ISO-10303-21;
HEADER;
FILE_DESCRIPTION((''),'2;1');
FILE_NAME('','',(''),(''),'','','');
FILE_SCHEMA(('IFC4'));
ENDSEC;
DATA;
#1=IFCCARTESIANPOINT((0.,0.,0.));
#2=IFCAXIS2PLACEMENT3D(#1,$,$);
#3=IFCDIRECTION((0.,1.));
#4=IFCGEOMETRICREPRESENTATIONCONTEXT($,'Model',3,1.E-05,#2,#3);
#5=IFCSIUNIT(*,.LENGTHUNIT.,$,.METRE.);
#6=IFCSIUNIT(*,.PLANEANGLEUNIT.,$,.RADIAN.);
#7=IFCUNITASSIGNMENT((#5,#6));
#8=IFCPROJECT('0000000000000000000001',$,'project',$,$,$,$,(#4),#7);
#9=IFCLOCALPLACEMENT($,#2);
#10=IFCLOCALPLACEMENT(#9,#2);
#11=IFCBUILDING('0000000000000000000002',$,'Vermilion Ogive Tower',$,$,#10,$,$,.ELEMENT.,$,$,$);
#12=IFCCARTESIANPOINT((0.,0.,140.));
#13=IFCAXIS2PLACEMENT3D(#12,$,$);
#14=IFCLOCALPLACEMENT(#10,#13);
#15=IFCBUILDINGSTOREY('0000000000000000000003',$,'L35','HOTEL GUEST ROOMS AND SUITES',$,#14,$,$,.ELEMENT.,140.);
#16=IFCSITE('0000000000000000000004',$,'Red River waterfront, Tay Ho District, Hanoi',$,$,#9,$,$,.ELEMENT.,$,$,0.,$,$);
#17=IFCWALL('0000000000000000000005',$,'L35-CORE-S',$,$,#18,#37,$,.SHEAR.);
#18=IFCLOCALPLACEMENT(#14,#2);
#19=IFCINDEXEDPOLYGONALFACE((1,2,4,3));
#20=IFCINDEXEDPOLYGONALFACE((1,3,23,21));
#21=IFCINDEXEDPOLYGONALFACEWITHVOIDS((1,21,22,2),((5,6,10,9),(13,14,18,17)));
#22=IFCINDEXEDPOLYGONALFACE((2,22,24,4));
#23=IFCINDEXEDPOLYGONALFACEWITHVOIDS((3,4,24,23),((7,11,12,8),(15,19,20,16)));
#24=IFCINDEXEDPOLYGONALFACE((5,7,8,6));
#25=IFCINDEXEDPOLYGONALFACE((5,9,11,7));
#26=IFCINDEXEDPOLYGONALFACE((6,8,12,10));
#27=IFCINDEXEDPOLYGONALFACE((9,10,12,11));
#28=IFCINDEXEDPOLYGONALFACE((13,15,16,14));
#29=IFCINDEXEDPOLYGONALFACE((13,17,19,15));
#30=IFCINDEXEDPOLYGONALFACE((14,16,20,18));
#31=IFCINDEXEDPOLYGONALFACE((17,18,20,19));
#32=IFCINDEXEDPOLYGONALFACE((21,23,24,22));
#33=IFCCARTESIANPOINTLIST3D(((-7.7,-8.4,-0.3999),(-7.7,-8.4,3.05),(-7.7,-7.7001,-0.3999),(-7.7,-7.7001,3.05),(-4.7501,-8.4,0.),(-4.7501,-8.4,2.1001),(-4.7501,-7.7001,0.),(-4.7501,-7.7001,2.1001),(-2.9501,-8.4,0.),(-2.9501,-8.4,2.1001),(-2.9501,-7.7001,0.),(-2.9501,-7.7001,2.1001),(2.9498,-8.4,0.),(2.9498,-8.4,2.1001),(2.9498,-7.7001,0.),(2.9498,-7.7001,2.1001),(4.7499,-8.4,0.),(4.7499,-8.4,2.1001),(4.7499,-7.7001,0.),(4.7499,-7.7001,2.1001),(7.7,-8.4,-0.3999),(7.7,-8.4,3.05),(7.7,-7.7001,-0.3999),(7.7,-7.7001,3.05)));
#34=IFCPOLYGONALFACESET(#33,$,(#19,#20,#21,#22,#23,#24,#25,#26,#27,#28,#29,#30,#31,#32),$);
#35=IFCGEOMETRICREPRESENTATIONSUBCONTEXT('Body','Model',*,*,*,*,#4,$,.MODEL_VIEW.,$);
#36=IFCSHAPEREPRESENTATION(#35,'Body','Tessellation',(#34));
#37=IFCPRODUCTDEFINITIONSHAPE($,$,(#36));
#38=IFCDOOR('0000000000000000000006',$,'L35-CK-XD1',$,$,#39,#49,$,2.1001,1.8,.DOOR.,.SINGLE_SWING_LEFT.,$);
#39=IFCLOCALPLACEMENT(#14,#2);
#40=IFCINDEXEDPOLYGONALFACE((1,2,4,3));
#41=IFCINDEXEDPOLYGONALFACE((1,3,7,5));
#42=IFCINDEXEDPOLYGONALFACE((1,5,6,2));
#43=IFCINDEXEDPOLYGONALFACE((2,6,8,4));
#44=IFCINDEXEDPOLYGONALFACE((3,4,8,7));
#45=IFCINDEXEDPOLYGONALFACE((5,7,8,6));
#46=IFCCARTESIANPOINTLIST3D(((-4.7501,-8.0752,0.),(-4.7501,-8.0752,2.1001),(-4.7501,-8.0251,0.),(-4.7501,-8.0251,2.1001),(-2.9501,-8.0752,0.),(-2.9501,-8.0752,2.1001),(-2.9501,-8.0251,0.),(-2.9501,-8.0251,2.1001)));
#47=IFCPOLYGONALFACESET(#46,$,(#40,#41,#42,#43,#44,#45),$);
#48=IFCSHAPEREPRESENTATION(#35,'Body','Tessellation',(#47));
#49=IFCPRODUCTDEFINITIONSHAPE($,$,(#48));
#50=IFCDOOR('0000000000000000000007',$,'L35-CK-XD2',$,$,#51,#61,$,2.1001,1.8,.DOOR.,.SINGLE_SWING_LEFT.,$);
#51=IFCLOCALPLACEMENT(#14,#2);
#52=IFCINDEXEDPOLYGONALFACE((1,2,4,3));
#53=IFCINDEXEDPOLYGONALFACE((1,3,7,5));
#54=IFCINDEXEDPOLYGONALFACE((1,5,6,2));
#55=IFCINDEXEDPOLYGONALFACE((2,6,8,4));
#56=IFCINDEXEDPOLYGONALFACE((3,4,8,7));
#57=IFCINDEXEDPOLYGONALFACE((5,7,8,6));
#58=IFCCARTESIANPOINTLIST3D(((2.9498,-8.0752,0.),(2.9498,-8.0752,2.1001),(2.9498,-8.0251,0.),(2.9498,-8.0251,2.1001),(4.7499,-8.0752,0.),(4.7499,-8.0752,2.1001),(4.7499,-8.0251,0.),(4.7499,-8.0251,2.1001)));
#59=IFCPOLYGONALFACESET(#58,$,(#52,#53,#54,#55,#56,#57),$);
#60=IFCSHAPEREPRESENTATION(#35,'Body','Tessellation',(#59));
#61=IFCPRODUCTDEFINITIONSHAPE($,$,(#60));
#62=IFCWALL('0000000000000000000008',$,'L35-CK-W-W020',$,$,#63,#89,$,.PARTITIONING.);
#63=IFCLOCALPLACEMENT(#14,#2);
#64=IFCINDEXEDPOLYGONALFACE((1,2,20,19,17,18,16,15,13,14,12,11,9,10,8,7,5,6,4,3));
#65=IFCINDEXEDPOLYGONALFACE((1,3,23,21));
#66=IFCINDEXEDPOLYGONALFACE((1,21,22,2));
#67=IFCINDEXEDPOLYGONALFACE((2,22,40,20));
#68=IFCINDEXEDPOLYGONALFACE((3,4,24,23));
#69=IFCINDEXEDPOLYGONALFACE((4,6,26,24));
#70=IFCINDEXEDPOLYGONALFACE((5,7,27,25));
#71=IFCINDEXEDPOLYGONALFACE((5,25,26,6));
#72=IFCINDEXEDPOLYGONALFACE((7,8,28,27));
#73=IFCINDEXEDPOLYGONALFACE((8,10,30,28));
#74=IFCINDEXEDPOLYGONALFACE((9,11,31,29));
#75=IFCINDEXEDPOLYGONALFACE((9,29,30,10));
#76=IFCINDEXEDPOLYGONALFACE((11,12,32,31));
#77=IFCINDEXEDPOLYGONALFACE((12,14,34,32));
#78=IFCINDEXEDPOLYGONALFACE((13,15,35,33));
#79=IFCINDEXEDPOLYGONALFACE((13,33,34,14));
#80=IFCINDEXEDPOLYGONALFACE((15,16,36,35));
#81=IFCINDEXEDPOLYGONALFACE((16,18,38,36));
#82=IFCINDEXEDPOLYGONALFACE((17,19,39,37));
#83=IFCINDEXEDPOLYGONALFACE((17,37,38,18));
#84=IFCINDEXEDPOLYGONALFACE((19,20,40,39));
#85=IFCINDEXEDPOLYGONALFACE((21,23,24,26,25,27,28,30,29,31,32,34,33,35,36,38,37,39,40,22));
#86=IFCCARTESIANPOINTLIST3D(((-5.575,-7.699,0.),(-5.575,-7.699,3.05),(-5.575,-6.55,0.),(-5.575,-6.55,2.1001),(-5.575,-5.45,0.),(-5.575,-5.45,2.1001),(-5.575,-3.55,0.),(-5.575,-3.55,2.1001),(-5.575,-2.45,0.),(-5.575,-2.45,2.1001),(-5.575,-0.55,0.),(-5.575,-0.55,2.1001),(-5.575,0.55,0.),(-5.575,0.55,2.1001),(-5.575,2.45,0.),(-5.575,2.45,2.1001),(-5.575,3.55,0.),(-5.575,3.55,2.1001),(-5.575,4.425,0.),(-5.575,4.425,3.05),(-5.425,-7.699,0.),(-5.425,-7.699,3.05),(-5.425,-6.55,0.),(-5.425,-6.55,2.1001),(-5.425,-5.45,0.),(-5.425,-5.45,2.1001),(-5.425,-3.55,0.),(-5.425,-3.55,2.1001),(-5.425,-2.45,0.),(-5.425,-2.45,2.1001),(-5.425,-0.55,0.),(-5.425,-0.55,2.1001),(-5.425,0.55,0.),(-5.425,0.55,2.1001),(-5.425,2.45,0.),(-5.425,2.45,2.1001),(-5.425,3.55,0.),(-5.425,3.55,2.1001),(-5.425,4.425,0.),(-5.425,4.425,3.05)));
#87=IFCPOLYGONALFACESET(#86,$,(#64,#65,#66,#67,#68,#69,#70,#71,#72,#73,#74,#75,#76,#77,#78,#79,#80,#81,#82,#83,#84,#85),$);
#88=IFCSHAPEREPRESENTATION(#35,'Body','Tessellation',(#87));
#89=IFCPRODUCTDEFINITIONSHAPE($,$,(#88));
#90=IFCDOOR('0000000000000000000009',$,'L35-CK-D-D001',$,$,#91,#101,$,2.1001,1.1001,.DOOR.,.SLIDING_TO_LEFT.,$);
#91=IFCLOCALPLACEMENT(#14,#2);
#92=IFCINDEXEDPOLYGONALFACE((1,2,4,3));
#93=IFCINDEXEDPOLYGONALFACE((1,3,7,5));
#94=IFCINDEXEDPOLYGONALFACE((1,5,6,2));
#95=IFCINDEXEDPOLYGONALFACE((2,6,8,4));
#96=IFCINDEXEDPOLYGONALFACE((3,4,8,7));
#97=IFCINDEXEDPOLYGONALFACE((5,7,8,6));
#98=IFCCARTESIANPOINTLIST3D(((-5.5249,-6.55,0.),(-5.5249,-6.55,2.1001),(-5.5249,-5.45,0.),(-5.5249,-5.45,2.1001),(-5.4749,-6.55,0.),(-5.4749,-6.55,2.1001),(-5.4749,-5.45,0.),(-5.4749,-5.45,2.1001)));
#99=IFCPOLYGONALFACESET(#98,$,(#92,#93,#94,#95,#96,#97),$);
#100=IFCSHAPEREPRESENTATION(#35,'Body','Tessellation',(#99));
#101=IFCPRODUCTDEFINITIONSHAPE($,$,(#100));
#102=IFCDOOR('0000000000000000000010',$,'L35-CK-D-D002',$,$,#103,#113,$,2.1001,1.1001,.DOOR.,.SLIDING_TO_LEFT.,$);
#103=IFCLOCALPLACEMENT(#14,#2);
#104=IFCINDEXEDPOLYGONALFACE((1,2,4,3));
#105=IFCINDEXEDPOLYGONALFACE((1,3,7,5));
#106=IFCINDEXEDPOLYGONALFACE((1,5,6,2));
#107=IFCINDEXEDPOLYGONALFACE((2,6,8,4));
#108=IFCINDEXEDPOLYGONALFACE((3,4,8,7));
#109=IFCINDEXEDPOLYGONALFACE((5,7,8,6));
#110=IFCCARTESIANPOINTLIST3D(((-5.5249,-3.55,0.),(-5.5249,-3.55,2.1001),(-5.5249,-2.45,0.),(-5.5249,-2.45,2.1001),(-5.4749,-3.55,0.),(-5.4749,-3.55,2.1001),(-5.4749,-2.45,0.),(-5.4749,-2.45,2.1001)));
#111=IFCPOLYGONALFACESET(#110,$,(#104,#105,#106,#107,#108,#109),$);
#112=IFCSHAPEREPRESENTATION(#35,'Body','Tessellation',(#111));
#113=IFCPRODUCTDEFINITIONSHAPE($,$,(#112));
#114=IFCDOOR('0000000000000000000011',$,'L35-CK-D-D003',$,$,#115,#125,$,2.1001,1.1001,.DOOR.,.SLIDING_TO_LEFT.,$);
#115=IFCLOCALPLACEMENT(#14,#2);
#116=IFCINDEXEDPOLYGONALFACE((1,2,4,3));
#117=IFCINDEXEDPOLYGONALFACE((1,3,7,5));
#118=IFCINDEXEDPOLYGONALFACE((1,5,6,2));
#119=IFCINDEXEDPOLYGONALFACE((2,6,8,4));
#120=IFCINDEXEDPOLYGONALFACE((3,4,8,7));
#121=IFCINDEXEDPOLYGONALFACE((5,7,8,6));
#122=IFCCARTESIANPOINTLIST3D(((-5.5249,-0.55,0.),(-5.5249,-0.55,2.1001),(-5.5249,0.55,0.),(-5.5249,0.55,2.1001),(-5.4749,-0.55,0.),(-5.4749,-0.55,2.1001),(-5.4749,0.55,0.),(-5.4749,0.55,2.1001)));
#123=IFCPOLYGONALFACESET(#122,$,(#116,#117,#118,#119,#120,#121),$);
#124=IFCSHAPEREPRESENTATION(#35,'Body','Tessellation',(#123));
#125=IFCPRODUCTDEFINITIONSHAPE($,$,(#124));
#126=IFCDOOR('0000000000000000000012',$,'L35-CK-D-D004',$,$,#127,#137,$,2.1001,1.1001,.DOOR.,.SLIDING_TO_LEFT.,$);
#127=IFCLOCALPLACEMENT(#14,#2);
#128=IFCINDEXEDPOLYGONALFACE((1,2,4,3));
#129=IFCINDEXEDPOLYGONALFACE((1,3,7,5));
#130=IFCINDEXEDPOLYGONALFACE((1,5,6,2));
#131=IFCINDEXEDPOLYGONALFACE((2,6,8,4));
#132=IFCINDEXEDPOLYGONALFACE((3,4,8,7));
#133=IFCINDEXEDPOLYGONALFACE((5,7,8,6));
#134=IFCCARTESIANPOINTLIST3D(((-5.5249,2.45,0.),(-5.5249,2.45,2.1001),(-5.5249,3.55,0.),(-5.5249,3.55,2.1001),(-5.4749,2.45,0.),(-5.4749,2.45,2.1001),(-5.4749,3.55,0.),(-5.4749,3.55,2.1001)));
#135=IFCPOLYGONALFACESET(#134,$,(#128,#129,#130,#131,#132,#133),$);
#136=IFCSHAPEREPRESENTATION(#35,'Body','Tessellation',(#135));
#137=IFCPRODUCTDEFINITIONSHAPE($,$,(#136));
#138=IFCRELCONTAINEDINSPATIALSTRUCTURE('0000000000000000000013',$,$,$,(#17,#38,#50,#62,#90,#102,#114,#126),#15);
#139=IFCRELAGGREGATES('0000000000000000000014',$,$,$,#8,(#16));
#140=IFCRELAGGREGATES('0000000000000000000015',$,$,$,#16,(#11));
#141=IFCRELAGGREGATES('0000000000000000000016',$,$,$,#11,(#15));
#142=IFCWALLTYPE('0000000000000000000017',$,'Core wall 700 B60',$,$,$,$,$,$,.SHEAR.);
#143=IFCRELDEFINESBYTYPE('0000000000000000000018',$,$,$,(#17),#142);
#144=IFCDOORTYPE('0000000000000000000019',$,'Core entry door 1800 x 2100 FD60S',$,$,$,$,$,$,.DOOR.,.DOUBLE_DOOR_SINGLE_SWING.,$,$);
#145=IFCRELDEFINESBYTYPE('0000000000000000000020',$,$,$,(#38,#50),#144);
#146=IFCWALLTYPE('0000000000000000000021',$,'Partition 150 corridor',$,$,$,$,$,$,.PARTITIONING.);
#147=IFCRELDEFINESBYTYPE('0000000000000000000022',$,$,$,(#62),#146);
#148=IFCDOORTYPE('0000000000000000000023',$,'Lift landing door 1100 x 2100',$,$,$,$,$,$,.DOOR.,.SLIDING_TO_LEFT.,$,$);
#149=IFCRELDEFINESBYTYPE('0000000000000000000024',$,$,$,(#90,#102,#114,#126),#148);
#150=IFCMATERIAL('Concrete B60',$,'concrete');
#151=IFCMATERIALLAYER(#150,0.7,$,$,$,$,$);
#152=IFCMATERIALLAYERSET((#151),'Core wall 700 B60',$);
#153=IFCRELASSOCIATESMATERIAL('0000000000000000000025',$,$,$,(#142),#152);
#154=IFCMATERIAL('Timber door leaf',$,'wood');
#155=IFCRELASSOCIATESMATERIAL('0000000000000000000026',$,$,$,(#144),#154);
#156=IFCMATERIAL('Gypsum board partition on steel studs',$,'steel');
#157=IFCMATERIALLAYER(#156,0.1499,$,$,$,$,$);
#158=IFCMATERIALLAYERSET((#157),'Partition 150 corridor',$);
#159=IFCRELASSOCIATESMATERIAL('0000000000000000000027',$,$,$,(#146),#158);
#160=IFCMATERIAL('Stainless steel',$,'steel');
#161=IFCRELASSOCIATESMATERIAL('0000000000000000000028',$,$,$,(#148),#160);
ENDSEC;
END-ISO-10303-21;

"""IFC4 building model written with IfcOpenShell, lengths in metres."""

from ifc_helpers import new_model, si_unit, direction, frame, frame_2d, origin, place, context, subcontext, project, spatial, rectangle, extrude, material, layer, layer_set, type_object, element, fill, save


model = new_model("IFC4")

# Units and contexts
model_context = context("Model", 3, precision=1e-05, world=origin(), true_north=direction((0.0, 1.0)))
body_context = subcontext(model_context, "Body", "Model", "MODEL_VIEW")
ifc_project = project(units=[si_unit("LENGTHUNIT", "METRE"), si_unit("PLANEANGLEUNIT", "RADIAN")], contexts=[model_context])

# Site, building, storey
site_placement = place(None, origin())
site = spatial("IfcSite", under=ifc_project, at=site_placement, Name="Red River waterfront, Tay Ho District, Hanoi", CompositionType="ELEMENT", RefElevation=0.0)
building_placement = place(site_placement, origin())
building = spatial("IfcBuilding", under=site, at=building_placement, Name="Vermilion Ogive Tower", CompositionType="ELEMENT")
storey_placement = place(building_placement, frame((0.0, 0.0, 140.0)))
storey = spatial("IfcBuildingStorey", under=building, at=storey_placement, Name="L35", Description="HOTEL GUEST ROOMS AND SUITES", CompositionType="ELEMENT", Elevation=140.0)

# Walls, openings, doors
ifc_material_1 = material(Name="Concrete B60", Category="concrete")
ifc_layer_1 = layer(ifc_material_1, 0.7)
ifc_layer_set_1 = layer_set([ifc_layer_1], Name="Core wall 700 B60")
wall_type_1 = type_object("IfcWallType", Name="Core wall 700 B60", PredefinedType="SHEAR", material=ifc_layer_set_1)
wall_1_placement = place(storey_placement, frame((-7.7, -8.05, -0.3999), z_axis=(0.0, 0.0, 1.0), x_axis=(1.0, 0.0, 0.0)))
wall_1 = element("IfcWall", 1, at=wall_1_placement, inside=storey, type_object=wall_type_1, Name="L35-CORE-S", PredefinedType="SHEAR", context=body_context, shape_type="SweptSolid", body=[
    extrude(rectangle(XDim=15.3999, YDim=0.7, at=frame_2d((7.7, 0.0))), origin(), (0.0, 0.0, 1.0), 3.45),
])
opening_1_placement = place(wall_1_placement, frame((2.95, 0.0, 0.3999)))
opening_1 = element("IfcOpeningElement", 2, at=opening_1_placement, cuts=wall_1, PredefinedType="OPENING", context=body_context, shape_type="SweptSolid", body=[
    extrude(rectangle(XDim=1.8, YDim=2.1001, at=frame_2d((0.8999, 1.05))), frame((0.0, 0.3599, 0.0), z_axis=(0.0, -1.0, 0.0), x_axis=(1.0, 0.0, 0.0)), (0.0, 0.0, 1.0), 0.72),
])
opening_2_placement = place(wall_1_placement, frame((10.6499, 0.0, 0.3999)))
opening_2 = element("IfcOpeningElement", 3, at=opening_2_placement, cuts=wall_1, PredefinedType="OPENING", context=body_context, shape_type="SweptSolid", body=[
    extrude(rectangle(XDim=1.8, YDim=2.1001, at=frame_2d((0.8999, 1.05))), frame((0.0, 0.3599, 0.0), z_axis=(0.0, -1.0, 0.0), x_axis=(1.0, 0.0, 0.0)), (0.0, 0.0, 1.0), 0.72),
])
ifc_material_2 = material(Name="Timber door leaf", Category="wood")
door_type_1 = type_object("IfcDoorType", Name="Core entry door 1800 x 2100 FD60S", OperationType="DOUBLE_DOOR_SINGLE_SWING", PredefinedType="DOOR", material=ifc_material_2)
door_1_placement = place(opening_1_placement, origin())
door_1 = element("IfcDoor", 4, at=door_1_placement, inside=storey, type_object=door_type_1, Name="L35-CK-XD1", OperationType="SINGLE_SWING_LEFT", OverallHeight=2.1001, OverallWidth=1.8, PredefinedType="DOOR", context=body_context, shape_type="SweptSolid", body=[
    extrude(rectangle(XDim=1.8, YDim=2.1001, at=frame_2d((0.8999, 1.05))), frame((0.0, 0.0249, 0.0), z_axis=(0.0, -1.0, 0.0), x_axis=(1.0, 0.0, 0.0)), (0.0, 0.0, 1.0), 0.05),
])
fill(opening_1, door_1)
door_2_placement = place(opening_2_placement, origin())
door_2 = element("IfcDoor", 5, at=door_2_placement, inside=storey, type_object=door_type_1, Name="L35-CK-XD2", OperationType="SINGLE_SWING_LEFT", OverallHeight=2.1001, OverallWidth=1.8, PredefinedType="DOOR", context=body_context, shape_type="SweptSolid", body=[
    extrude(rectangle(XDim=1.8, YDim=2.1001, at=frame_2d((0.8999, 1.05))), frame((0.0, 0.0249, 0.0), z_axis=(0.0, -1.0, 0.0), x_axis=(1.0, 0.0, 0.0)), (0.0, 0.0, 1.0), 0.05),
])
fill(opening_2, door_2)
ifc_material_3 = material(Name="Gypsum board partition on steel studs", Category="steel")
ifc_layer_2 = layer(ifc_material_3, 0.1499)
ifc_layer_set_2 = layer_set([ifc_layer_2], Name="Partition 150 corridor")
wall_type_2 = type_object("IfcWallType", Name="Partition 150 corridor", PredefinedType="PARTITIONING", material=ifc_layer_set_2)
wall_2_placement = place(storey_placement, frame((-5.5, -7.699, 0.0), z_axis=(0.0, 0.0, 1.0), x_axis=(0.0, 1.0, 0.0)))
wall_2 = element("IfcWall", 6, at=wall_2_placement, inside=storey, type_object=wall_type_2, Name="L35-CK-W-W020", PredefinedType="PARTITIONING", context=body_context, shape_type="SweptSolid", body=[
    extrude(rectangle(XDim=12.124, YDim=0.1499, at=frame_2d((6.062, 0.0))), origin(), (0.0, 0.0, 1.0), 3.05),
])
opening_3_placement = place(wall_2_placement, frame((1.1489, 0.0, 0.0)))
opening_3 = element("IfcOpeningElement", 7, at=opening_3_placement, cuts=wall_2, PredefinedType="OPENING", context=body_context, shape_type="SweptSolid", body=[
    extrude(rectangle(XDim=1.1001, YDim=2.1001, at=frame_2d((0.55, 1.05))), frame((0.0, 0.085, 0.0), z_axis=(0.0, -1.0, 0.0), x_axis=(1.0, 0.0, 0.0)), (0.0, 0.0, 1.0), 0.1699),
])
opening_4_placement = place(wall_2_placement, frame((4.1489, 0.0, 0.0)))
opening_4 = element("IfcOpeningElement", 8, at=opening_4_placement, cuts=wall_2, PredefinedType="OPENING", context=body_context, shape_type="SweptSolid", body=[
    extrude(rectangle(XDim=1.1001, YDim=2.1001, at=frame_2d((0.55, 1.05))), frame((0.0, 0.085, 0.0), z_axis=(0.0, -1.0, 0.0), x_axis=(1.0, 0.0, 0.0)), (0.0, 0.0, 1.0), 0.1699),
])
opening_5_placement = place(wall_2_placement, frame((7.1489, 0.0, 0.0)))
opening_5 = element("IfcOpeningElement", 9, at=opening_5_placement, cuts=wall_2, PredefinedType="OPENING", context=body_context, shape_type="SweptSolid", body=[
    extrude(rectangle(XDim=1.1001, YDim=2.1001, at=frame_2d((0.55, 1.05))), frame((0.0, 0.085, 0.0), z_axis=(0.0, -1.0, 0.0), x_axis=(1.0, 0.0, 0.0)), (0.0, 0.0, 1.0), 0.1699),
])
opening_6_placement = place(wall_2_placement, frame((10.1489, 0.0, 0.0)))
opening_6 = element("IfcOpeningElement", 10, at=opening_6_placement, cuts=wall_2, PredefinedType="OPENING", context=body_context, shape_type="SweptSolid", body=[
    extrude(rectangle(XDim=1.1001, YDim=2.1001, at=frame_2d((0.55, 1.05))), frame((0.0, 0.085, 0.0), z_axis=(0.0, -1.0, 0.0), x_axis=(1.0, 0.0, 0.0)), (0.0, 0.0, 1.0), 0.1699),
])
ifc_material_4 = material(Name="Stainless steel", Category="steel")
door_type_2 = type_object("IfcDoorType", Name="Lift landing door 1100 x 2100", OperationType="SLIDING_TO_LEFT", PredefinedType="DOOR", material=ifc_material_4)
door_3_placement = place(opening_3_placement, origin())
door_3 = element("IfcDoor", 11, at=door_3_placement, inside=storey, type_object=door_type_2, Name="L35-CK-D-D001", OperationType="SLIDING_TO_LEFT", OverallHeight=2.1001, OverallWidth=1.1001, PredefinedType="DOOR", context=body_context, shape_type="SweptSolid", body=[
    extrude(rectangle(XDim=1.1001, YDim=2.1001, at=frame_2d((0.55, 1.05))), frame((0.0, 0.0249, 0.0), z_axis=(0.0, -1.0, 0.0), x_axis=(1.0, 0.0, 0.0)), (0.0, 0.0, 1.0), 0.05),
])
fill(opening_3, door_3)
door_4_placement = place(opening_4_placement, origin())
door_4 = element("IfcDoor", 12, at=door_4_placement, inside=storey, type_object=door_type_2, Name="L35-CK-D-D002", OperationType="SLIDING_TO_LEFT", OverallHeight=2.1001, OverallWidth=1.1001, PredefinedType="DOOR", context=body_context, shape_type="SweptSolid", body=[
    extrude(rectangle(XDim=1.1001, YDim=2.1001, at=frame_2d((0.55, 1.05))), frame((0.0, 0.0249, 0.0), z_axis=(0.0, -1.0, 0.0), x_axis=(1.0, 0.0, 0.0)), (0.0, 0.0, 1.0), 0.05),
])
fill(opening_4, door_4)
door_5_placement = place(opening_5_placement, origin())
door_5 = element("IfcDoor", 13, at=door_5_placement, inside=storey, type_object=door_type_2, Name="L35-CK-D-D003", OperationType="SLIDING_TO_LEFT", OverallHeight=2.1001, OverallWidth=1.1001, PredefinedType="DOOR", context=body_context, shape_type="SweptSolid", body=[
    extrude(rectangle(XDim=1.1001, YDim=2.1001, at=frame_2d((0.55, 1.05))), frame((0.0, 0.0249, 0.0), z_axis=(0.0, -1.0, 0.0), x_axis=(1.0, 0.0, 0.0)), (0.0, 0.0, 1.0), 0.05),
])
fill(opening_5, door_5)
door_6_placement = place(opening_6_placement, origin())
door_6 = element("IfcDoor", 14, at=door_6_placement, inside=storey, type_object=door_type_2, Name="L35-CK-D-D004", OperationType="SLIDING_TO_LEFT", OverallHeight=2.1001, OverallWidth=1.1001, PredefinedType="DOOR", context=body_context, shape_type="SweptSolid", body=[
    extrude(rectangle(XDim=1.1001, YDim=2.1001, at=frame_2d((0.55, 1.05))), frame((0.0, 0.0249, 0.0), z_axis=(0.0, -1.0, 0.0), x_axis=(1.0, 0.0, 0.0)), (0.0, 0.0, 1.0), 0.05),
])
fill(opening_6, door_6)

save(model, "model.ifc")
